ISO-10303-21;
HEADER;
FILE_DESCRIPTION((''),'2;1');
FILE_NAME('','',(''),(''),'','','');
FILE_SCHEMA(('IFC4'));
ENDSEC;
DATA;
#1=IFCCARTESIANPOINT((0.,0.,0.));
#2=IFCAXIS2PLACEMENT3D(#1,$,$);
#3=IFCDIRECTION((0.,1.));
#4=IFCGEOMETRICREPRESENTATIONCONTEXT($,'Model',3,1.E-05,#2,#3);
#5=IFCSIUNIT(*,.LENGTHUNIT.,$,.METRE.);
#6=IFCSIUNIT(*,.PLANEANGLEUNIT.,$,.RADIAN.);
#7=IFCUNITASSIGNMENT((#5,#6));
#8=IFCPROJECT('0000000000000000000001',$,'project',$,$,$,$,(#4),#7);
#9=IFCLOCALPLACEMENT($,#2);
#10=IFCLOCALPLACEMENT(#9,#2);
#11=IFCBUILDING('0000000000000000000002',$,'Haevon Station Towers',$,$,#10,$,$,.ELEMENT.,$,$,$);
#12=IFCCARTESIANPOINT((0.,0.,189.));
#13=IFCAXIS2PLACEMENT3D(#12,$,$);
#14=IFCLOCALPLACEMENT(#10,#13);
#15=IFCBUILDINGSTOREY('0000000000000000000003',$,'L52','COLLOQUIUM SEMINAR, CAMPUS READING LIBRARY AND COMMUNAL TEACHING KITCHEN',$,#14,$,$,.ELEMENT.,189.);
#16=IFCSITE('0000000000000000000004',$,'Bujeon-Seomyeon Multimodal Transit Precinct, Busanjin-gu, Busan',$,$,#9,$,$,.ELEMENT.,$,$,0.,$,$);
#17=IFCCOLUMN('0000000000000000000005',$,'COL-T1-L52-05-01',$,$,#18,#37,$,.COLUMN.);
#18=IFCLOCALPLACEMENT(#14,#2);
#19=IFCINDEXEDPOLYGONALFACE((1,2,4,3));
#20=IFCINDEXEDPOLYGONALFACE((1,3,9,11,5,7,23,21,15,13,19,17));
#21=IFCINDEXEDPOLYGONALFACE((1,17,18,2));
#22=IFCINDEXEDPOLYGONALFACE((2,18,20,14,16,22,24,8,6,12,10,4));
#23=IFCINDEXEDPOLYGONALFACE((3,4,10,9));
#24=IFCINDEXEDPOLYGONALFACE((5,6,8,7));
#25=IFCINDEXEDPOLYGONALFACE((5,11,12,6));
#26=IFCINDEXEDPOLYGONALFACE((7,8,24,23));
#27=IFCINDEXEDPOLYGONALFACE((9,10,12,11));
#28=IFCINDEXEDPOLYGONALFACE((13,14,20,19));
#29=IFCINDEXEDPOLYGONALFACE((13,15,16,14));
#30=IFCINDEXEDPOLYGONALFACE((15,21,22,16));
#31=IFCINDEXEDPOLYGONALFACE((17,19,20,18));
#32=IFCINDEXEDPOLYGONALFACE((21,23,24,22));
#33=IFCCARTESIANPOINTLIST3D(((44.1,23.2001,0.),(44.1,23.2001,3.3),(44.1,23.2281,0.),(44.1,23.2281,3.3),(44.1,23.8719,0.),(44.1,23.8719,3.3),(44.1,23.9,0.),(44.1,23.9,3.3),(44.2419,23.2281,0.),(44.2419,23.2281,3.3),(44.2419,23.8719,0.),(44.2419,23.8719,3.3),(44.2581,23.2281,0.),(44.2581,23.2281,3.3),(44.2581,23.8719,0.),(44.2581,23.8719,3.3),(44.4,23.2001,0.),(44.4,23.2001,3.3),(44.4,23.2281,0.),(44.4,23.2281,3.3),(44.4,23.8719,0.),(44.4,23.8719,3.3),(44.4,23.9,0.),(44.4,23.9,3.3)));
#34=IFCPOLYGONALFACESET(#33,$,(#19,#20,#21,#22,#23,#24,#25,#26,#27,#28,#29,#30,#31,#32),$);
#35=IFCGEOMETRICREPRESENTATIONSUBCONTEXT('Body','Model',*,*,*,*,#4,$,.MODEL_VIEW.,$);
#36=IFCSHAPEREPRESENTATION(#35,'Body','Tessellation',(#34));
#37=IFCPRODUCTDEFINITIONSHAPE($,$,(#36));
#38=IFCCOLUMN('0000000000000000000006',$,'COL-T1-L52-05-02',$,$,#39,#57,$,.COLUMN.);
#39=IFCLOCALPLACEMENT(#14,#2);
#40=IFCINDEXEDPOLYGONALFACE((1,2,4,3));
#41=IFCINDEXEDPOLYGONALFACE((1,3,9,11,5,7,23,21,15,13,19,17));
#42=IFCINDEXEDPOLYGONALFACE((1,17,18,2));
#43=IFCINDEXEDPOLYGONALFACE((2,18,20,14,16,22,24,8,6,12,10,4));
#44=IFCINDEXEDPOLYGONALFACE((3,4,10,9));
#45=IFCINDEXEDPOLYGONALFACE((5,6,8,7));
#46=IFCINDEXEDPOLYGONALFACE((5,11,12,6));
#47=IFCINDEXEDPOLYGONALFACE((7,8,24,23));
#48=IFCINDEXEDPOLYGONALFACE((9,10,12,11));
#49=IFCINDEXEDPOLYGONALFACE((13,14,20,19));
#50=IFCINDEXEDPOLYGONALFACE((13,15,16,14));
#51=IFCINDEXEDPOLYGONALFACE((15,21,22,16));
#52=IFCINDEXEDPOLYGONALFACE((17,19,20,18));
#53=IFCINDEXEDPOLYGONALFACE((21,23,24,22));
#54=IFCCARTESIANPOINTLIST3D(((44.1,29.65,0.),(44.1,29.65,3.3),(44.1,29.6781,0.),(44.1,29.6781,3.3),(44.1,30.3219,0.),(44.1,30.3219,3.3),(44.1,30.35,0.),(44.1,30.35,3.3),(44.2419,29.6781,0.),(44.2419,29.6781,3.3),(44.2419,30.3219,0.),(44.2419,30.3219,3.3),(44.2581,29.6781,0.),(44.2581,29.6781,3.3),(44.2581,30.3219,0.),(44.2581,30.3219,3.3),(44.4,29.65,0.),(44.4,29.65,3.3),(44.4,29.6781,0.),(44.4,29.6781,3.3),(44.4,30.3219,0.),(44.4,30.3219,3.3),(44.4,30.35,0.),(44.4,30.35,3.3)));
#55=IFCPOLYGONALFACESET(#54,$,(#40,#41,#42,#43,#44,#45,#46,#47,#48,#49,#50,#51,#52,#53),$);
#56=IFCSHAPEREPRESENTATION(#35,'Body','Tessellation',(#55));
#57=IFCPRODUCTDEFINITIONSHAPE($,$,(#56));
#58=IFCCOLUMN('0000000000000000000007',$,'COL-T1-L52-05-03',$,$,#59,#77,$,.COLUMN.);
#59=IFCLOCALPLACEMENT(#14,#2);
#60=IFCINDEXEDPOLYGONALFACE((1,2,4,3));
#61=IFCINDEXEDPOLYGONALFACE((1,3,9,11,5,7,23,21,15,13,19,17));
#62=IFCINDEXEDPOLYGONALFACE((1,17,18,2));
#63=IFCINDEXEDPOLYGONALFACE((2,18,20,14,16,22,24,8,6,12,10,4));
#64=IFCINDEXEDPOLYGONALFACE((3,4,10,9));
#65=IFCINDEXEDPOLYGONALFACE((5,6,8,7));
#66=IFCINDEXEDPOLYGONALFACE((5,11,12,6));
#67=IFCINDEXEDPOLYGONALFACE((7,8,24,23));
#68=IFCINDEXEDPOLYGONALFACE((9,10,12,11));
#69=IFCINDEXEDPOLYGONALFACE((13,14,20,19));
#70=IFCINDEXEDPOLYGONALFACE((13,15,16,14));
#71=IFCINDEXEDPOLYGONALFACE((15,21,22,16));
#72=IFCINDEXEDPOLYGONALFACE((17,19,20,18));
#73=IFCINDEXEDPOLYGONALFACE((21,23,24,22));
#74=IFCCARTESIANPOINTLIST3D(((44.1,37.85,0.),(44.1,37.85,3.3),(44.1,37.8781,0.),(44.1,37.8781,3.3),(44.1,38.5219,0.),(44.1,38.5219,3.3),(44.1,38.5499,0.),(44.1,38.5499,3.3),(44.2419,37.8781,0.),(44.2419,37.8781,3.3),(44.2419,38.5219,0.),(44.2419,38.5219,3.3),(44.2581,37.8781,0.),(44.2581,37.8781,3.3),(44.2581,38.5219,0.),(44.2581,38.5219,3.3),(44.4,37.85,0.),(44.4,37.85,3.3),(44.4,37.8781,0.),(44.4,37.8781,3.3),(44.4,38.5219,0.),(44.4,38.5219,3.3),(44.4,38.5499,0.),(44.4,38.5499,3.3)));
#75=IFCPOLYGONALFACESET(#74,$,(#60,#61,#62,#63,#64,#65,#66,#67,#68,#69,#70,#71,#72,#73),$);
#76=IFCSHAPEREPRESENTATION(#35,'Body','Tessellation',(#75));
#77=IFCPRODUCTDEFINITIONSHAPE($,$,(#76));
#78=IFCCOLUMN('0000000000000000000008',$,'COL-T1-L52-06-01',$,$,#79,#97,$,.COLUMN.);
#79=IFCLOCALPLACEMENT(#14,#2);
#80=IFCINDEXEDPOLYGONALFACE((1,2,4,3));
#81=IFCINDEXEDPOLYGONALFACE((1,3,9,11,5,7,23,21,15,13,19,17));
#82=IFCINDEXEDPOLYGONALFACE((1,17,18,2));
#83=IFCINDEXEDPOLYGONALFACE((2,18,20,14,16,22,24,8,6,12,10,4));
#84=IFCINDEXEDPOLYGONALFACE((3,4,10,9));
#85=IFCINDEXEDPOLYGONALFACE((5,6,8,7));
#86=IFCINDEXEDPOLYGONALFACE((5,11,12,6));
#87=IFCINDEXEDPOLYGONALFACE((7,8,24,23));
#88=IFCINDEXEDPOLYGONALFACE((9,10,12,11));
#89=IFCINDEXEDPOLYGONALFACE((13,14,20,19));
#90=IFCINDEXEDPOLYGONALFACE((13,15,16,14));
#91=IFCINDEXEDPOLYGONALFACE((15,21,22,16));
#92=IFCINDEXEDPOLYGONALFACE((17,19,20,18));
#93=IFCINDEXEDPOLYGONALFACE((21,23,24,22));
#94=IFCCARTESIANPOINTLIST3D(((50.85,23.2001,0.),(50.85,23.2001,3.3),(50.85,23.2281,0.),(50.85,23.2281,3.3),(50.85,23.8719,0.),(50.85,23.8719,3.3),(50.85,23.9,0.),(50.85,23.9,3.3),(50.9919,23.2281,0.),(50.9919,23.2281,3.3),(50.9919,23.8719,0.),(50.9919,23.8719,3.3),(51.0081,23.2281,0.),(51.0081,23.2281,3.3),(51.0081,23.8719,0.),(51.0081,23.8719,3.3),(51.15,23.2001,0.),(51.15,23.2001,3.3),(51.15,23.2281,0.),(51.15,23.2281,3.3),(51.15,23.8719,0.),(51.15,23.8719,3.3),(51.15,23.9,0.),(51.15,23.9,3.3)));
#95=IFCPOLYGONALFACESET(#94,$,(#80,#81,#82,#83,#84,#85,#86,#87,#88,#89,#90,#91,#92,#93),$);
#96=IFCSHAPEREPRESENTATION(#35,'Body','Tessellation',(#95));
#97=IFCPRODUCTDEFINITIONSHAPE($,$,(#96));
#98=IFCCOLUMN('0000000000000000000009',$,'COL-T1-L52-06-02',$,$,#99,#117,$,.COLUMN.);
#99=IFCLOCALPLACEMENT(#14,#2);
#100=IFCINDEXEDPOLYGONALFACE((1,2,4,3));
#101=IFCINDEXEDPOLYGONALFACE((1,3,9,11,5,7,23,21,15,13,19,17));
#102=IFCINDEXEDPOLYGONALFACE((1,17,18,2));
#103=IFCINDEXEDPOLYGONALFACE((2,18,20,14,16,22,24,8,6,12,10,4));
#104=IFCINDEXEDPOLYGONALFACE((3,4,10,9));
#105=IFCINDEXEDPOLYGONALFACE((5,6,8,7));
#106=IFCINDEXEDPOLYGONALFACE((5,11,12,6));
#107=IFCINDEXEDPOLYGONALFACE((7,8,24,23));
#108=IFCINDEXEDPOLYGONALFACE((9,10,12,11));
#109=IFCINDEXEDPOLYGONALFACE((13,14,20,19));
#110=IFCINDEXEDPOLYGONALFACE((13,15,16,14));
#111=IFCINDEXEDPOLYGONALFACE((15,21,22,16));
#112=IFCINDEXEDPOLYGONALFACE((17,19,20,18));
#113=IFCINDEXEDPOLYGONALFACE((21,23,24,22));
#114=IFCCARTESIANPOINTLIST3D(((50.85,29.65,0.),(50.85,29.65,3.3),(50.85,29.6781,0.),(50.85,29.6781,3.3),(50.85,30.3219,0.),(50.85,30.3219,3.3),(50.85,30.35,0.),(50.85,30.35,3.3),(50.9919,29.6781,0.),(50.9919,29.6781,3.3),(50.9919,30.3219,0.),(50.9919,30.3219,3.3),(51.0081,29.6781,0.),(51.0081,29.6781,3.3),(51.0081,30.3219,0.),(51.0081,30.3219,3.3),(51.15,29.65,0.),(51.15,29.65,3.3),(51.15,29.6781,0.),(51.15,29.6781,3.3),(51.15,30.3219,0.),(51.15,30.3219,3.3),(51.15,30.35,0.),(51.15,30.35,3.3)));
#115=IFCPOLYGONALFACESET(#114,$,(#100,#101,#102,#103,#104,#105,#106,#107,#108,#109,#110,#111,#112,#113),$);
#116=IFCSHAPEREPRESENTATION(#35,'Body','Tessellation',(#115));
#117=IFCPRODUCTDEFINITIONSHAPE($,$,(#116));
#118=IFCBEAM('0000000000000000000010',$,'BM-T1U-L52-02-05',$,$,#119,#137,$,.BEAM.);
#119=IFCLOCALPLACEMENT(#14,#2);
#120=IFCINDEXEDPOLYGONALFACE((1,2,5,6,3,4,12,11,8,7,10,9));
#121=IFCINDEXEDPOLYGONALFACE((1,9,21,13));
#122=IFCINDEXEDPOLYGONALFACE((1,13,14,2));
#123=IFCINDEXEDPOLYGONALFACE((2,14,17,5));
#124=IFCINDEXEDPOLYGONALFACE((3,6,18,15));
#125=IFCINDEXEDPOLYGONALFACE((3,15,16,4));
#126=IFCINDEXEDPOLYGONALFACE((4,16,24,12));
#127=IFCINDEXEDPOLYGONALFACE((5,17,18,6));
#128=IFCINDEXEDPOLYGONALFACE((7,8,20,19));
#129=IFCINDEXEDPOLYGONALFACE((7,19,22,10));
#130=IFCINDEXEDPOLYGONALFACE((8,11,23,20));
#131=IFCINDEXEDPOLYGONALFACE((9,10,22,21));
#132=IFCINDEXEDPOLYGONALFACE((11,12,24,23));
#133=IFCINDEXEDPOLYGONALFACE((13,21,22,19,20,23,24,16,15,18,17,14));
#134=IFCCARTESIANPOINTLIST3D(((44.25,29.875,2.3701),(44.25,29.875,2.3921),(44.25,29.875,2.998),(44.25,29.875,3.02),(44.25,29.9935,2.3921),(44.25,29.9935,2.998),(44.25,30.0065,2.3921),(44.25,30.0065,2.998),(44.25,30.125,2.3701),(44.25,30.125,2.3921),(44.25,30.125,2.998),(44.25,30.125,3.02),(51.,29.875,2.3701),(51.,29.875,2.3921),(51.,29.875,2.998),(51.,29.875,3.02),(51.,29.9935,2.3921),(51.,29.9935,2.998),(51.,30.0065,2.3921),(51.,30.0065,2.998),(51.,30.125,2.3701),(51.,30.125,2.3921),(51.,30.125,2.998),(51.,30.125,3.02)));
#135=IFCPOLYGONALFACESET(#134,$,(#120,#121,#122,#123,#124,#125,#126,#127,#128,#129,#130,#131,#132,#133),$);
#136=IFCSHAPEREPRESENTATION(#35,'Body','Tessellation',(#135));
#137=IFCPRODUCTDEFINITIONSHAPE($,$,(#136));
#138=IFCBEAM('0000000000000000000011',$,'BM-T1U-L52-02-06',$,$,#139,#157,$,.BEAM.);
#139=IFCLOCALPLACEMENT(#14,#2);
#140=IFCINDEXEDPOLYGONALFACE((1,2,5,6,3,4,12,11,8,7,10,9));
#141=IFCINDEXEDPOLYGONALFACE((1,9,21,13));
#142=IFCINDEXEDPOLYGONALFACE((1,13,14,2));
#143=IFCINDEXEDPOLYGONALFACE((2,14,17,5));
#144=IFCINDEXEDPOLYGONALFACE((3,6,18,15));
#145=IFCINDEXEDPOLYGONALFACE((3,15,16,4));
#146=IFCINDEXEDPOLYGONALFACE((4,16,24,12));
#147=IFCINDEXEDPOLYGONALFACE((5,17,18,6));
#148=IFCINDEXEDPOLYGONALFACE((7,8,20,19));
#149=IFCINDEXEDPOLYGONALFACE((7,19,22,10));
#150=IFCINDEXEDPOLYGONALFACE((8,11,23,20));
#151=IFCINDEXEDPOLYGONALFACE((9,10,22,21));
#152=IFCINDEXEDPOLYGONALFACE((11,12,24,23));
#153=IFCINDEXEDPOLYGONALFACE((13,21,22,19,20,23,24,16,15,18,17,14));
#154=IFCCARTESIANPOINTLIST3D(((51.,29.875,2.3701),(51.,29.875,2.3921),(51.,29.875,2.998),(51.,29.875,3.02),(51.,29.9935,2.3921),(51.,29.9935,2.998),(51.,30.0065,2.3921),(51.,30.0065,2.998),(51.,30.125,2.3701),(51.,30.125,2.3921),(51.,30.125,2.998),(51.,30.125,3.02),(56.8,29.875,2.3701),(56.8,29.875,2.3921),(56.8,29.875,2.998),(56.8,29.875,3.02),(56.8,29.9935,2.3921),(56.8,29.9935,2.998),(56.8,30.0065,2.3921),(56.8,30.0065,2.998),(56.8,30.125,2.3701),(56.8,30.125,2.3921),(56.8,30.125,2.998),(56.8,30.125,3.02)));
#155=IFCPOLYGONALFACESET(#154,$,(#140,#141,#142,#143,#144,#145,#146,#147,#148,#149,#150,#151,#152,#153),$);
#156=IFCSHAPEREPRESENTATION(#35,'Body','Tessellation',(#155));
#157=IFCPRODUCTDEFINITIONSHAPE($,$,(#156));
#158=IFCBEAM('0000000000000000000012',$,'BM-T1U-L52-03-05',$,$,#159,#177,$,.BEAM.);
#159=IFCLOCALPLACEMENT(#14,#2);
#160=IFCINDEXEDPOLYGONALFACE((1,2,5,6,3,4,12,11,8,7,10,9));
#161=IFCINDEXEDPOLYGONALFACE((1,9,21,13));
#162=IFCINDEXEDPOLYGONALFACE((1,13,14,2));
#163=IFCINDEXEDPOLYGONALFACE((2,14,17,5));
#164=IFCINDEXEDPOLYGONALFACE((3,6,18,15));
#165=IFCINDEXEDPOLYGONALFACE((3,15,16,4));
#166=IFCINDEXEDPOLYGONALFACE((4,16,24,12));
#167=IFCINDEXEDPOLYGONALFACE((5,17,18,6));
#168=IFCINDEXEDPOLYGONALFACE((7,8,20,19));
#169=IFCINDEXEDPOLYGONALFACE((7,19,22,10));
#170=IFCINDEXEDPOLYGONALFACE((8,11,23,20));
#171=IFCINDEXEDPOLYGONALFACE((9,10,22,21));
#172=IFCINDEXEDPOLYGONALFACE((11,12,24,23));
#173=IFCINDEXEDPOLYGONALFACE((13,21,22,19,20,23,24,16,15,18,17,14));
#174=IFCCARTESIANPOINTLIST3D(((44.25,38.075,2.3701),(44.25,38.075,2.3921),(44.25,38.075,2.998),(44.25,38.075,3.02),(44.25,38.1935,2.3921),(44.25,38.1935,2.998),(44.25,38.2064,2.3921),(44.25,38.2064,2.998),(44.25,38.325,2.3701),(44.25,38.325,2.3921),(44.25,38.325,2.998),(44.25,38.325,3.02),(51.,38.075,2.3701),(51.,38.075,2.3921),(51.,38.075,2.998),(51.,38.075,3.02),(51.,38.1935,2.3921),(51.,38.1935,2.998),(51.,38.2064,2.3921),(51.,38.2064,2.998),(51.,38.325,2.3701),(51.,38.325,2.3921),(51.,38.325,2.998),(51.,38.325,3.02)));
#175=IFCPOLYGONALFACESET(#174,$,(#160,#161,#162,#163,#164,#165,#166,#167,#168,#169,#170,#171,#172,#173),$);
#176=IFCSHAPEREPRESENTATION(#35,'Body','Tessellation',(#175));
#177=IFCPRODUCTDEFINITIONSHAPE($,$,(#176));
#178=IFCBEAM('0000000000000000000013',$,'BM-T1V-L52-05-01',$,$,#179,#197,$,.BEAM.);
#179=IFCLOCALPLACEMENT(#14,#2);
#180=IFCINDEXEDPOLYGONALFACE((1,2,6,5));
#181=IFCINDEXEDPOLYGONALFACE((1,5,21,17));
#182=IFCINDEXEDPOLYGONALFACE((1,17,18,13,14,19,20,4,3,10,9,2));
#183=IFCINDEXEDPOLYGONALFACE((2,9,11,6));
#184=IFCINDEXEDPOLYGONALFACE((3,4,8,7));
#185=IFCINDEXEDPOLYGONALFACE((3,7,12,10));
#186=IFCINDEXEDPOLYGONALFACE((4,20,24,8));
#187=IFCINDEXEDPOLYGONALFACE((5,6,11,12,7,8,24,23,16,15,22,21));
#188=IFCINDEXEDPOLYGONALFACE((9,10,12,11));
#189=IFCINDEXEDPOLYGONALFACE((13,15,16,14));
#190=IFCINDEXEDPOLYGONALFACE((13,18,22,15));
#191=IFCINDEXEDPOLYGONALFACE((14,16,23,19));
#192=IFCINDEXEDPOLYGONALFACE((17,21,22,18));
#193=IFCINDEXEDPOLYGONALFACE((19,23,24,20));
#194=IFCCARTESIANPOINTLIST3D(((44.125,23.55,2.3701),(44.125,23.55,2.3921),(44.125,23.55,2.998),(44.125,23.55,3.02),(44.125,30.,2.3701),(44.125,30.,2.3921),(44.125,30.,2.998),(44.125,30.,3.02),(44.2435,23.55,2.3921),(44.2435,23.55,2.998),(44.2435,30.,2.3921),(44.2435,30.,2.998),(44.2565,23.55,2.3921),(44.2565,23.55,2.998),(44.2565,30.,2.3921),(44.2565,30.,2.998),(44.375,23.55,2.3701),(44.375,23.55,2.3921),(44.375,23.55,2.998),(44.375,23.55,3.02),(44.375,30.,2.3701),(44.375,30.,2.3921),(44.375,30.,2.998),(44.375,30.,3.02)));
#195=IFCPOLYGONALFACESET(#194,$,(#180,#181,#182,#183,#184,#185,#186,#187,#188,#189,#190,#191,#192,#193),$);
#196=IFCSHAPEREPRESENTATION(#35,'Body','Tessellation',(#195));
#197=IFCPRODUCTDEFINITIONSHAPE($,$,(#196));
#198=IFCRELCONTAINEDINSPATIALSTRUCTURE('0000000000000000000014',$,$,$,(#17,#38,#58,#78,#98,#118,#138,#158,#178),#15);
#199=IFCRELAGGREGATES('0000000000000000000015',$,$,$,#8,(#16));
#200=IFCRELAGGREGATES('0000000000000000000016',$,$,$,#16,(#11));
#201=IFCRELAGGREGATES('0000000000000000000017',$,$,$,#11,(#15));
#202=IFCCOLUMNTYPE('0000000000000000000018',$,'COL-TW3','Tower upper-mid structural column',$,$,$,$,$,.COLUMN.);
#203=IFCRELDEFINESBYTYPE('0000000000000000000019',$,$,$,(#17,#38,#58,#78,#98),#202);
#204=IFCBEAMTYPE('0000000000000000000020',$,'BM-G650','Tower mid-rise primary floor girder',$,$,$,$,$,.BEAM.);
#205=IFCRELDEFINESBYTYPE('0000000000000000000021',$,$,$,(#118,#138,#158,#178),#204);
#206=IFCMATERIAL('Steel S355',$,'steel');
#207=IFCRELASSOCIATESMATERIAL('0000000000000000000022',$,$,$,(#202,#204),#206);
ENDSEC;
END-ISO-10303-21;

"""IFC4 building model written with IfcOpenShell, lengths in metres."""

from ifc_helpers import new_model, si_unit, direction, frame, origin, origin_2d, place, context, subcontext, project, spatial, i_section, extrude, material, material_profile, profile_set, type_object, element, save


model = new_model("IFC4")

# Units and contexts
model_context = context("Model", 3, precision=1e-05, world=origin(), true_north=direction((0.0, 1.0)))
body_context = subcontext(model_context, "Body", "Model", "MODEL_VIEW")
ifc_project = project(units=[si_unit("LENGTHUNIT", "METRE"), si_unit("PLANEANGLEUNIT", "RADIAN")], contexts=[model_context])

# Site, building, storey
site_placement = place(None, origin())
site = spatial("IfcSite", under=ifc_project, at=site_placement, Name="Bujeon-Seomyeon Multimodal Transit Precinct, Busanjin-gu, Busan", CompositionType="ELEMENT", RefElevation=0.0)
building_placement = place(site_placement, origin())
building = spatial("IfcBuilding", under=site, at=building_placement, Name="Haevon Station Towers", CompositionType="ELEMENT")
storey_placement = place(building_placement, frame((0.0, 0.0, 189.0)))
storey = spatial("IfcBuildingStorey", under=building, at=storey_placement, Name="L52", Description="COLLOQUIUM SEMINAR, CAMPUS READING LIBRARY AND COMMUNAL TEACHING KITCHEN", CompositionType="ELEMENT", Elevation=189.0)

# Columns
ifc_material_1 = material(Name="Steel S355", Category="steel")
ifc_material_profile_1 = material_profile(ifc_material_1, i_section(OverallWidth=0.3, OverallDepth=0.7, WebThickness=0.0161, FlangeThickness=0.0281, at=origin_2d()), Name="H-700x300x16x28")
ifc_profile_set_1 = profile_set([ifc_material_profile_1], Name="Steel S355")
column_type = type_object("IfcColumnType", Name="COL-TW3", Description="Tower upper-mid structural column", PredefinedType="COLUMN", material=ifc_profile_set_1)
for number, where, z_axis, x_axis, name in (
    (1, (44.25, 23.55, 0.0), (0.0, 0.0, 1.0), (1.0, 0.0, 0.0), "COL-T1-L52-05-01"),
    (2, (44.25, 30.0, 0.0), (0.0, 0.0, 1.0), (1.0, 0.0, 0.0), "COL-T1-L52-05-02"),
    (3, (44.25, 38.2, 0.0), (0.0, 0.0, 1.0), (1.0, 0.0, 0.0), "COL-T1-L52-05-03"),
    (4, (51.0, 23.55, 0.0), (0.0, 0.0, 1.0), (1.0, 0.0, 0.0), "COL-T1-L52-06-01"),
    (5, (51.0, 30.0, 0.0), (0.0, 0.0, 1.0), (1.0, 0.0, 0.0), "COL-T1-L52-06-02"),
):
    element("IfcColumn", number, at=place(storey_placement, frame(where, z_axis=z_axis, x_axis=x_axis)), inside=storey, type_object=column_type, Name=name, PredefinedType="COLUMN", context=body_context, shape_type="SweptSolid", body=[
        extrude(i_section(OverallWidth=0.3, OverallDepth=0.7, WebThickness=0.0161, FlangeThickness=0.0281, at=origin_2d()), origin(), (0.0, 0.0, 1.0), 3.3),
    ])

# Beams
ifc_material_profile_2 = material_profile(ifc_material_1, i_section(OverallWidth=0.25, OverallDepth=0.6499, WebThickness=0.0129, FlangeThickness=0.022, at=origin_2d()), Name="H-650x250x13x22")
ifc_profile_set_2 = profile_set([ifc_material_profile_2], Name="Steel S355")
beam_type_1 = type_object("IfcBeamType", Name="BM-G650", Description="Tower mid-rise primary floor girder", PredefinedType="BEAM", material=ifc_profile_set_2)
beam_1_placement = place(storey_placement, frame((44.25, 30.0, 2.6951), z_axis=(1.0, 0.0, 0.0), x_axis=(0.0, 1.0, 0.0)))
element("IfcBeam", 6, at=beam_1_placement, inside=storey, type_object=beam_type_1, Name="BM-T1U-L52-02-05", PredefinedType="BEAM", context=body_context, shape_type="SweptSolid", body=[
    extrude(i_section(OverallWidth=0.25, OverallDepth=0.6499, WebThickness=0.0129, FlangeThickness=0.022, at=origin_2d()), origin(), (0.0, 0.0, 1.0), 6.75),
])
beam_2_placement = place(storey_placement, frame((51.0, 30.0, 2.6951), z_axis=(1.0, 0.0, 0.0), x_axis=(0.0, 1.0, 0.0)))
element("IfcBeam", 7, at=beam_2_placement, inside=storey, type_object=beam_type_1, Name="BM-T1U-L52-02-06", PredefinedType="BEAM", context=body_context, shape_type="SweptSolid", body=[
    extrude(i_section(OverallWidth=0.25, OverallDepth=0.6499, WebThickness=0.0129, FlangeThickness=0.022, at=origin_2d()), origin(), (0.0, 0.0, 1.0), 5.8),
])
beam_3_placement = place(storey_placement, frame((44.25, 38.2, 2.6951), z_axis=(1.0, 0.0, 0.0), x_axis=(0.0, 1.0, 0.0)))
element("IfcBeam", 8, at=beam_3_placement, inside=storey, type_object=beam_type_1, Name="BM-T1U-L52-03-05", PredefinedType="BEAM", context=body_context, shape_type="SweptSolid", body=[
    extrude(i_section(OverallWidth=0.25, OverallDepth=0.6499, WebThickness=0.0129, FlangeThickness=0.022, at=origin_2d()), origin(), (0.0, 0.0, 1.0), 6.75),
])
beam_4_placement = place(storey_placement, frame((44.25, 23.55, 2.6951), z_axis=(0.0, 1.0, 0.0), x_axis=(-1.0, 0.0, 0.0)))
element("IfcBeam", 9, at=beam_4_placement, inside=storey, type_object=beam_type_1, Name="BM-T1V-L52-05-01", PredefinedType="BEAM", context=body_context, shape_type="SweptSolid", body=[
    extrude(i_section(OverallWidth=0.25, OverallDepth=0.6499, WebThickness=0.0129, FlangeThickness=0.022, at=origin_2d()), origin(), (0.0, 0.0, 1.0), 6.45),
])

save(model, "model.ifc")
